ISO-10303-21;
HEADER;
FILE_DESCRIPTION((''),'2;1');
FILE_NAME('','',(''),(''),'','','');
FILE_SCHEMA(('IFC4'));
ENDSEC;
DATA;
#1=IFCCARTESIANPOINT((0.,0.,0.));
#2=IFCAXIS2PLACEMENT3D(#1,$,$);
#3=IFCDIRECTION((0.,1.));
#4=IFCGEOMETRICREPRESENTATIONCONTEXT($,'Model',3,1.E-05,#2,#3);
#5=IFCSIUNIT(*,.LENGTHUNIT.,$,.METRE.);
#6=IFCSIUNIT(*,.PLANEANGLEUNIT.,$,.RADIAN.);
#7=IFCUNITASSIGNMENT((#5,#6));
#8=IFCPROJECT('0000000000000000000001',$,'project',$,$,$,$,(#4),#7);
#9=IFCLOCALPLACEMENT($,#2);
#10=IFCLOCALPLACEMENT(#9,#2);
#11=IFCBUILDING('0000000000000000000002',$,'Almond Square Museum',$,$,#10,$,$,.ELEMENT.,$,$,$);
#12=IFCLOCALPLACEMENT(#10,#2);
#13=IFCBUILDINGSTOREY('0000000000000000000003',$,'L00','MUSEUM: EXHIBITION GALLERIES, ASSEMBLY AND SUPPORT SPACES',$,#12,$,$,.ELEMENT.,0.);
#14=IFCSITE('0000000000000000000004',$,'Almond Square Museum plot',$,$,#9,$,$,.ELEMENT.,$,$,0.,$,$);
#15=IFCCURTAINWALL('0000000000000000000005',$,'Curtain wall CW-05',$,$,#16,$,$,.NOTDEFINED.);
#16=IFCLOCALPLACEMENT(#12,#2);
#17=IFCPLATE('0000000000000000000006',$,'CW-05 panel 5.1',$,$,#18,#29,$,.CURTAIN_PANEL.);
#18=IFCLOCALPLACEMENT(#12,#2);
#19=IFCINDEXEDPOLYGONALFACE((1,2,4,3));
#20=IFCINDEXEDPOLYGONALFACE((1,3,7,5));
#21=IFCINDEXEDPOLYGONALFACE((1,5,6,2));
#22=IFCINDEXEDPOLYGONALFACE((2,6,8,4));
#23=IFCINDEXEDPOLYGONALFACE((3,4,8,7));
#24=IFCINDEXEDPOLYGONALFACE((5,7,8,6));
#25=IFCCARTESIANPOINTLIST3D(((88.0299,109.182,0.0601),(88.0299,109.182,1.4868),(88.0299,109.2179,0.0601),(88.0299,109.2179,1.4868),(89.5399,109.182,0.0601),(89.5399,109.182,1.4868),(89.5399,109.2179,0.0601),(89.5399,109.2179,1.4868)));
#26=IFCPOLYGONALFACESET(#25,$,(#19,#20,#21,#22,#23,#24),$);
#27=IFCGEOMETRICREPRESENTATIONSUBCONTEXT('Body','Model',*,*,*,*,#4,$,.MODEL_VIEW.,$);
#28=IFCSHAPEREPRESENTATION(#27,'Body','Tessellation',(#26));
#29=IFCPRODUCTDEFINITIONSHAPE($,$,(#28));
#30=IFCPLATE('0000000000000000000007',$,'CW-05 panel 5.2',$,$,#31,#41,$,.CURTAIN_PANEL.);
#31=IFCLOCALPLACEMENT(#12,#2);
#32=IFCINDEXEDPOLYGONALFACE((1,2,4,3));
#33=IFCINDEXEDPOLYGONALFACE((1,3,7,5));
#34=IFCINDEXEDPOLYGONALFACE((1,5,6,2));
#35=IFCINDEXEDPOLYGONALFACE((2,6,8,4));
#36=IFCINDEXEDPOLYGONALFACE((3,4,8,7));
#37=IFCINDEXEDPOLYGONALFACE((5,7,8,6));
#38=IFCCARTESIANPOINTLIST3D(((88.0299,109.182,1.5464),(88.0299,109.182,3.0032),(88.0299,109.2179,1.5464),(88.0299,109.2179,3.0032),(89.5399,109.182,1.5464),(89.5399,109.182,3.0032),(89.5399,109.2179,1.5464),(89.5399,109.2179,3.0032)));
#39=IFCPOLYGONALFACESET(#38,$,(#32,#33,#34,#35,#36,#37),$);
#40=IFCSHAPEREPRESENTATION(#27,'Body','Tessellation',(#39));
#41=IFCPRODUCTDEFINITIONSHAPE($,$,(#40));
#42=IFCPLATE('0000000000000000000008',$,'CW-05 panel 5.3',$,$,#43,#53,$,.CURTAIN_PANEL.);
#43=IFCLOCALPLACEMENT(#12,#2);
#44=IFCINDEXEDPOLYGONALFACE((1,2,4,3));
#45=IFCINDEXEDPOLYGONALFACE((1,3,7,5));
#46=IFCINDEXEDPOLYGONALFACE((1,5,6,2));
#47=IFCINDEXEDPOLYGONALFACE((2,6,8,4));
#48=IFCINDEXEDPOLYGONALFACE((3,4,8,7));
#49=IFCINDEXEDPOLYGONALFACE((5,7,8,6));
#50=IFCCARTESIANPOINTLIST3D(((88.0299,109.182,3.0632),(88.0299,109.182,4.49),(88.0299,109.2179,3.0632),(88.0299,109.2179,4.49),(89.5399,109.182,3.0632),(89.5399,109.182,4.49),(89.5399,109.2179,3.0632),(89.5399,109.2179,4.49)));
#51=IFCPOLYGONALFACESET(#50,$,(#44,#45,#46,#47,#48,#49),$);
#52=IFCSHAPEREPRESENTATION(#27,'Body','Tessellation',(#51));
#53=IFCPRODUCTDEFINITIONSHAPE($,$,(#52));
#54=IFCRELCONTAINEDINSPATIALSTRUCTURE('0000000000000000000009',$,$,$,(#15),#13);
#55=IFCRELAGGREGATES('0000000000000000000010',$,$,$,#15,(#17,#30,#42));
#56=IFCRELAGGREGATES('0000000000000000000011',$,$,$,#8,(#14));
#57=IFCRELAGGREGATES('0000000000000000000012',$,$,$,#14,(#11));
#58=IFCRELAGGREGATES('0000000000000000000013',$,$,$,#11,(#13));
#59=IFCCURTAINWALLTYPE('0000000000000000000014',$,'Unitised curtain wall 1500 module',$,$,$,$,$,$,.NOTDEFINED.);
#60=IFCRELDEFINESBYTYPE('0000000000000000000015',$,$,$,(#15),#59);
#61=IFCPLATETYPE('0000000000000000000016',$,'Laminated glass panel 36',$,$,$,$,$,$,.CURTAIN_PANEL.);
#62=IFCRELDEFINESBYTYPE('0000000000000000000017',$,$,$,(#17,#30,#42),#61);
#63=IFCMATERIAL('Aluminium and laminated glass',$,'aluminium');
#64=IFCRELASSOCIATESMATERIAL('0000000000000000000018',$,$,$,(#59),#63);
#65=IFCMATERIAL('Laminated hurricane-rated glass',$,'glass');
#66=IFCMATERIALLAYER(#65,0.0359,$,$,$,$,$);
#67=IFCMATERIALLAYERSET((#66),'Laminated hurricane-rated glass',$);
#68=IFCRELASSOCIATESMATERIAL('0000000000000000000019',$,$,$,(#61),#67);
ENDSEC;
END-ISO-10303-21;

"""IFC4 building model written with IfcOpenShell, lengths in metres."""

from ifc_helpers import new_model, si_unit, direction, frame, origin, origin_2d, place, context, subcontext, project, spatial, rectangle, extrude, material, layer, layer_set, type_object, element, aggregate, save


model = new_model("IFC4")

# Units and contexts
model_context = context("Model", 3, precision=1e-05, world=origin(), true_north=direction((0.0, 1.0)))
body_context = subcontext(model_context, "Body", "Model", "MODEL_VIEW")
ifc_project = project(units=[si_unit("LENGTHUNIT", "METRE"), si_unit("PLANEANGLEUNIT", "RADIAN")], contexts=[model_context])

# Site, building, storey
site_placement = place(None, origin())
site = spatial("IfcSite", under=ifc_project, at=site_placement, Name="Almond Square Museum plot", CompositionType="ELEMENT", RefElevation=0.0)
building_placement = place(site_placement, origin())
building = spatial("IfcBuilding", under=site, at=building_placement, Name="Almond Square Museum", CompositionType="ELEMENT")
storey_placement = place(building_placement, origin())
storey = spatial("IfcBuildingStorey", under=building, at=storey_placement, Name="L00", Description="MUSEUM: EXHIBITION GALLERIES, ASSEMBLY AND SUPPORT SPACES", CompositionType="ELEMENT", Elevation=0.0)

# Curtain wall
ifc_material_1 = material(Name="Aluminium and laminated glass", Category="aluminium")
curtain_wall_type = type_object("IfcCurtainWallType", Name="Unitised curtain wall 1500 module", PredefinedType="NOTDEFINED", material=ifc_material_1)
curtain_wall_placement = place(storey_placement, origin())
curtain_wall = element("IfcCurtainWall", 1, at=curtain_wall_placement, inside=storey, type_object=curtain_wall_type, Name="Curtain wall CW-05", PredefinedType="NOTDEFINED")

# Plates
ifc_material_2 = material(Name="Laminated hurricane-rated glass", Category="glass")
ifc_layer_1 = layer(ifc_material_2, 0.0359)
ifc_layer_set_1 = layer_set([ifc_layer_1], Name="Laminated hurricane-rated glass")
plate_type = type_object("IfcPlateType", Name="Laminated glass panel 36", PredefinedType="CURTAIN_PANEL", material=ifc_layer_set_1)
plate_1_placement = place(storey_placement, frame((88.7849, 109.2, 0.0601), z_axis=(0.0, 0.0, 1.0), x_axis=(1.0, 0.0, 0.0)))
plate_1 = element("IfcPlate", 2, at=plate_1_placement, type_object=plate_type, Name="CW-05 panel 5.1", PredefinedType="CURTAIN_PANEL", context=body_context, shape_type="SweptSolid", body=[
    extrude(rectangle(XDim=1.51, YDim=0.0359, at=origin_2d()), origin(), (0.0, 0.0, 1.0), 1.4268),
])
plate_2_placement = place(storey_placement, frame((88.7849, 109.2, 1.5464), z_axis=(0.0, 0.0, 1.0), x_axis=(1.0, 0.0, 0.0)))
plate_2 = element("IfcPlate", 3, at=plate_2_placement, type_object=plate_type, Name="CW-05 panel 5.2", PredefinedType="CURTAIN_PANEL", context=body_context, shape_type="SweptSolid", body=[
    extrude(rectangle(XDim=1.51, YDim=0.0359, at=origin_2d()), origin(), (0.0, 0.0, 1.0), 1.4568),
])
plate_3_placement = place(storey_placement, frame((88.7849, 109.2, 3.0632), z_axis=(0.0, 0.0, 1.0), x_axis=(1.0, 0.0, 0.0)))
plate_3 = element("IfcPlate", 4, at=plate_3_placement, type_object=plate_type, Name="CW-05 panel 5.3", PredefinedType="CURTAIN_PANEL", context=body_context, shape_type="SweptSolid", body=[
    extrude(rectangle(XDim=1.51, YDim=0.0359, at=origin_2d()), origin(), (0.0, 0.0, 1.0), 1.4268),
])
aggregate(curtain_wall, [plate_1, plate_2, plate_3])

save(model, "model.ifc")
